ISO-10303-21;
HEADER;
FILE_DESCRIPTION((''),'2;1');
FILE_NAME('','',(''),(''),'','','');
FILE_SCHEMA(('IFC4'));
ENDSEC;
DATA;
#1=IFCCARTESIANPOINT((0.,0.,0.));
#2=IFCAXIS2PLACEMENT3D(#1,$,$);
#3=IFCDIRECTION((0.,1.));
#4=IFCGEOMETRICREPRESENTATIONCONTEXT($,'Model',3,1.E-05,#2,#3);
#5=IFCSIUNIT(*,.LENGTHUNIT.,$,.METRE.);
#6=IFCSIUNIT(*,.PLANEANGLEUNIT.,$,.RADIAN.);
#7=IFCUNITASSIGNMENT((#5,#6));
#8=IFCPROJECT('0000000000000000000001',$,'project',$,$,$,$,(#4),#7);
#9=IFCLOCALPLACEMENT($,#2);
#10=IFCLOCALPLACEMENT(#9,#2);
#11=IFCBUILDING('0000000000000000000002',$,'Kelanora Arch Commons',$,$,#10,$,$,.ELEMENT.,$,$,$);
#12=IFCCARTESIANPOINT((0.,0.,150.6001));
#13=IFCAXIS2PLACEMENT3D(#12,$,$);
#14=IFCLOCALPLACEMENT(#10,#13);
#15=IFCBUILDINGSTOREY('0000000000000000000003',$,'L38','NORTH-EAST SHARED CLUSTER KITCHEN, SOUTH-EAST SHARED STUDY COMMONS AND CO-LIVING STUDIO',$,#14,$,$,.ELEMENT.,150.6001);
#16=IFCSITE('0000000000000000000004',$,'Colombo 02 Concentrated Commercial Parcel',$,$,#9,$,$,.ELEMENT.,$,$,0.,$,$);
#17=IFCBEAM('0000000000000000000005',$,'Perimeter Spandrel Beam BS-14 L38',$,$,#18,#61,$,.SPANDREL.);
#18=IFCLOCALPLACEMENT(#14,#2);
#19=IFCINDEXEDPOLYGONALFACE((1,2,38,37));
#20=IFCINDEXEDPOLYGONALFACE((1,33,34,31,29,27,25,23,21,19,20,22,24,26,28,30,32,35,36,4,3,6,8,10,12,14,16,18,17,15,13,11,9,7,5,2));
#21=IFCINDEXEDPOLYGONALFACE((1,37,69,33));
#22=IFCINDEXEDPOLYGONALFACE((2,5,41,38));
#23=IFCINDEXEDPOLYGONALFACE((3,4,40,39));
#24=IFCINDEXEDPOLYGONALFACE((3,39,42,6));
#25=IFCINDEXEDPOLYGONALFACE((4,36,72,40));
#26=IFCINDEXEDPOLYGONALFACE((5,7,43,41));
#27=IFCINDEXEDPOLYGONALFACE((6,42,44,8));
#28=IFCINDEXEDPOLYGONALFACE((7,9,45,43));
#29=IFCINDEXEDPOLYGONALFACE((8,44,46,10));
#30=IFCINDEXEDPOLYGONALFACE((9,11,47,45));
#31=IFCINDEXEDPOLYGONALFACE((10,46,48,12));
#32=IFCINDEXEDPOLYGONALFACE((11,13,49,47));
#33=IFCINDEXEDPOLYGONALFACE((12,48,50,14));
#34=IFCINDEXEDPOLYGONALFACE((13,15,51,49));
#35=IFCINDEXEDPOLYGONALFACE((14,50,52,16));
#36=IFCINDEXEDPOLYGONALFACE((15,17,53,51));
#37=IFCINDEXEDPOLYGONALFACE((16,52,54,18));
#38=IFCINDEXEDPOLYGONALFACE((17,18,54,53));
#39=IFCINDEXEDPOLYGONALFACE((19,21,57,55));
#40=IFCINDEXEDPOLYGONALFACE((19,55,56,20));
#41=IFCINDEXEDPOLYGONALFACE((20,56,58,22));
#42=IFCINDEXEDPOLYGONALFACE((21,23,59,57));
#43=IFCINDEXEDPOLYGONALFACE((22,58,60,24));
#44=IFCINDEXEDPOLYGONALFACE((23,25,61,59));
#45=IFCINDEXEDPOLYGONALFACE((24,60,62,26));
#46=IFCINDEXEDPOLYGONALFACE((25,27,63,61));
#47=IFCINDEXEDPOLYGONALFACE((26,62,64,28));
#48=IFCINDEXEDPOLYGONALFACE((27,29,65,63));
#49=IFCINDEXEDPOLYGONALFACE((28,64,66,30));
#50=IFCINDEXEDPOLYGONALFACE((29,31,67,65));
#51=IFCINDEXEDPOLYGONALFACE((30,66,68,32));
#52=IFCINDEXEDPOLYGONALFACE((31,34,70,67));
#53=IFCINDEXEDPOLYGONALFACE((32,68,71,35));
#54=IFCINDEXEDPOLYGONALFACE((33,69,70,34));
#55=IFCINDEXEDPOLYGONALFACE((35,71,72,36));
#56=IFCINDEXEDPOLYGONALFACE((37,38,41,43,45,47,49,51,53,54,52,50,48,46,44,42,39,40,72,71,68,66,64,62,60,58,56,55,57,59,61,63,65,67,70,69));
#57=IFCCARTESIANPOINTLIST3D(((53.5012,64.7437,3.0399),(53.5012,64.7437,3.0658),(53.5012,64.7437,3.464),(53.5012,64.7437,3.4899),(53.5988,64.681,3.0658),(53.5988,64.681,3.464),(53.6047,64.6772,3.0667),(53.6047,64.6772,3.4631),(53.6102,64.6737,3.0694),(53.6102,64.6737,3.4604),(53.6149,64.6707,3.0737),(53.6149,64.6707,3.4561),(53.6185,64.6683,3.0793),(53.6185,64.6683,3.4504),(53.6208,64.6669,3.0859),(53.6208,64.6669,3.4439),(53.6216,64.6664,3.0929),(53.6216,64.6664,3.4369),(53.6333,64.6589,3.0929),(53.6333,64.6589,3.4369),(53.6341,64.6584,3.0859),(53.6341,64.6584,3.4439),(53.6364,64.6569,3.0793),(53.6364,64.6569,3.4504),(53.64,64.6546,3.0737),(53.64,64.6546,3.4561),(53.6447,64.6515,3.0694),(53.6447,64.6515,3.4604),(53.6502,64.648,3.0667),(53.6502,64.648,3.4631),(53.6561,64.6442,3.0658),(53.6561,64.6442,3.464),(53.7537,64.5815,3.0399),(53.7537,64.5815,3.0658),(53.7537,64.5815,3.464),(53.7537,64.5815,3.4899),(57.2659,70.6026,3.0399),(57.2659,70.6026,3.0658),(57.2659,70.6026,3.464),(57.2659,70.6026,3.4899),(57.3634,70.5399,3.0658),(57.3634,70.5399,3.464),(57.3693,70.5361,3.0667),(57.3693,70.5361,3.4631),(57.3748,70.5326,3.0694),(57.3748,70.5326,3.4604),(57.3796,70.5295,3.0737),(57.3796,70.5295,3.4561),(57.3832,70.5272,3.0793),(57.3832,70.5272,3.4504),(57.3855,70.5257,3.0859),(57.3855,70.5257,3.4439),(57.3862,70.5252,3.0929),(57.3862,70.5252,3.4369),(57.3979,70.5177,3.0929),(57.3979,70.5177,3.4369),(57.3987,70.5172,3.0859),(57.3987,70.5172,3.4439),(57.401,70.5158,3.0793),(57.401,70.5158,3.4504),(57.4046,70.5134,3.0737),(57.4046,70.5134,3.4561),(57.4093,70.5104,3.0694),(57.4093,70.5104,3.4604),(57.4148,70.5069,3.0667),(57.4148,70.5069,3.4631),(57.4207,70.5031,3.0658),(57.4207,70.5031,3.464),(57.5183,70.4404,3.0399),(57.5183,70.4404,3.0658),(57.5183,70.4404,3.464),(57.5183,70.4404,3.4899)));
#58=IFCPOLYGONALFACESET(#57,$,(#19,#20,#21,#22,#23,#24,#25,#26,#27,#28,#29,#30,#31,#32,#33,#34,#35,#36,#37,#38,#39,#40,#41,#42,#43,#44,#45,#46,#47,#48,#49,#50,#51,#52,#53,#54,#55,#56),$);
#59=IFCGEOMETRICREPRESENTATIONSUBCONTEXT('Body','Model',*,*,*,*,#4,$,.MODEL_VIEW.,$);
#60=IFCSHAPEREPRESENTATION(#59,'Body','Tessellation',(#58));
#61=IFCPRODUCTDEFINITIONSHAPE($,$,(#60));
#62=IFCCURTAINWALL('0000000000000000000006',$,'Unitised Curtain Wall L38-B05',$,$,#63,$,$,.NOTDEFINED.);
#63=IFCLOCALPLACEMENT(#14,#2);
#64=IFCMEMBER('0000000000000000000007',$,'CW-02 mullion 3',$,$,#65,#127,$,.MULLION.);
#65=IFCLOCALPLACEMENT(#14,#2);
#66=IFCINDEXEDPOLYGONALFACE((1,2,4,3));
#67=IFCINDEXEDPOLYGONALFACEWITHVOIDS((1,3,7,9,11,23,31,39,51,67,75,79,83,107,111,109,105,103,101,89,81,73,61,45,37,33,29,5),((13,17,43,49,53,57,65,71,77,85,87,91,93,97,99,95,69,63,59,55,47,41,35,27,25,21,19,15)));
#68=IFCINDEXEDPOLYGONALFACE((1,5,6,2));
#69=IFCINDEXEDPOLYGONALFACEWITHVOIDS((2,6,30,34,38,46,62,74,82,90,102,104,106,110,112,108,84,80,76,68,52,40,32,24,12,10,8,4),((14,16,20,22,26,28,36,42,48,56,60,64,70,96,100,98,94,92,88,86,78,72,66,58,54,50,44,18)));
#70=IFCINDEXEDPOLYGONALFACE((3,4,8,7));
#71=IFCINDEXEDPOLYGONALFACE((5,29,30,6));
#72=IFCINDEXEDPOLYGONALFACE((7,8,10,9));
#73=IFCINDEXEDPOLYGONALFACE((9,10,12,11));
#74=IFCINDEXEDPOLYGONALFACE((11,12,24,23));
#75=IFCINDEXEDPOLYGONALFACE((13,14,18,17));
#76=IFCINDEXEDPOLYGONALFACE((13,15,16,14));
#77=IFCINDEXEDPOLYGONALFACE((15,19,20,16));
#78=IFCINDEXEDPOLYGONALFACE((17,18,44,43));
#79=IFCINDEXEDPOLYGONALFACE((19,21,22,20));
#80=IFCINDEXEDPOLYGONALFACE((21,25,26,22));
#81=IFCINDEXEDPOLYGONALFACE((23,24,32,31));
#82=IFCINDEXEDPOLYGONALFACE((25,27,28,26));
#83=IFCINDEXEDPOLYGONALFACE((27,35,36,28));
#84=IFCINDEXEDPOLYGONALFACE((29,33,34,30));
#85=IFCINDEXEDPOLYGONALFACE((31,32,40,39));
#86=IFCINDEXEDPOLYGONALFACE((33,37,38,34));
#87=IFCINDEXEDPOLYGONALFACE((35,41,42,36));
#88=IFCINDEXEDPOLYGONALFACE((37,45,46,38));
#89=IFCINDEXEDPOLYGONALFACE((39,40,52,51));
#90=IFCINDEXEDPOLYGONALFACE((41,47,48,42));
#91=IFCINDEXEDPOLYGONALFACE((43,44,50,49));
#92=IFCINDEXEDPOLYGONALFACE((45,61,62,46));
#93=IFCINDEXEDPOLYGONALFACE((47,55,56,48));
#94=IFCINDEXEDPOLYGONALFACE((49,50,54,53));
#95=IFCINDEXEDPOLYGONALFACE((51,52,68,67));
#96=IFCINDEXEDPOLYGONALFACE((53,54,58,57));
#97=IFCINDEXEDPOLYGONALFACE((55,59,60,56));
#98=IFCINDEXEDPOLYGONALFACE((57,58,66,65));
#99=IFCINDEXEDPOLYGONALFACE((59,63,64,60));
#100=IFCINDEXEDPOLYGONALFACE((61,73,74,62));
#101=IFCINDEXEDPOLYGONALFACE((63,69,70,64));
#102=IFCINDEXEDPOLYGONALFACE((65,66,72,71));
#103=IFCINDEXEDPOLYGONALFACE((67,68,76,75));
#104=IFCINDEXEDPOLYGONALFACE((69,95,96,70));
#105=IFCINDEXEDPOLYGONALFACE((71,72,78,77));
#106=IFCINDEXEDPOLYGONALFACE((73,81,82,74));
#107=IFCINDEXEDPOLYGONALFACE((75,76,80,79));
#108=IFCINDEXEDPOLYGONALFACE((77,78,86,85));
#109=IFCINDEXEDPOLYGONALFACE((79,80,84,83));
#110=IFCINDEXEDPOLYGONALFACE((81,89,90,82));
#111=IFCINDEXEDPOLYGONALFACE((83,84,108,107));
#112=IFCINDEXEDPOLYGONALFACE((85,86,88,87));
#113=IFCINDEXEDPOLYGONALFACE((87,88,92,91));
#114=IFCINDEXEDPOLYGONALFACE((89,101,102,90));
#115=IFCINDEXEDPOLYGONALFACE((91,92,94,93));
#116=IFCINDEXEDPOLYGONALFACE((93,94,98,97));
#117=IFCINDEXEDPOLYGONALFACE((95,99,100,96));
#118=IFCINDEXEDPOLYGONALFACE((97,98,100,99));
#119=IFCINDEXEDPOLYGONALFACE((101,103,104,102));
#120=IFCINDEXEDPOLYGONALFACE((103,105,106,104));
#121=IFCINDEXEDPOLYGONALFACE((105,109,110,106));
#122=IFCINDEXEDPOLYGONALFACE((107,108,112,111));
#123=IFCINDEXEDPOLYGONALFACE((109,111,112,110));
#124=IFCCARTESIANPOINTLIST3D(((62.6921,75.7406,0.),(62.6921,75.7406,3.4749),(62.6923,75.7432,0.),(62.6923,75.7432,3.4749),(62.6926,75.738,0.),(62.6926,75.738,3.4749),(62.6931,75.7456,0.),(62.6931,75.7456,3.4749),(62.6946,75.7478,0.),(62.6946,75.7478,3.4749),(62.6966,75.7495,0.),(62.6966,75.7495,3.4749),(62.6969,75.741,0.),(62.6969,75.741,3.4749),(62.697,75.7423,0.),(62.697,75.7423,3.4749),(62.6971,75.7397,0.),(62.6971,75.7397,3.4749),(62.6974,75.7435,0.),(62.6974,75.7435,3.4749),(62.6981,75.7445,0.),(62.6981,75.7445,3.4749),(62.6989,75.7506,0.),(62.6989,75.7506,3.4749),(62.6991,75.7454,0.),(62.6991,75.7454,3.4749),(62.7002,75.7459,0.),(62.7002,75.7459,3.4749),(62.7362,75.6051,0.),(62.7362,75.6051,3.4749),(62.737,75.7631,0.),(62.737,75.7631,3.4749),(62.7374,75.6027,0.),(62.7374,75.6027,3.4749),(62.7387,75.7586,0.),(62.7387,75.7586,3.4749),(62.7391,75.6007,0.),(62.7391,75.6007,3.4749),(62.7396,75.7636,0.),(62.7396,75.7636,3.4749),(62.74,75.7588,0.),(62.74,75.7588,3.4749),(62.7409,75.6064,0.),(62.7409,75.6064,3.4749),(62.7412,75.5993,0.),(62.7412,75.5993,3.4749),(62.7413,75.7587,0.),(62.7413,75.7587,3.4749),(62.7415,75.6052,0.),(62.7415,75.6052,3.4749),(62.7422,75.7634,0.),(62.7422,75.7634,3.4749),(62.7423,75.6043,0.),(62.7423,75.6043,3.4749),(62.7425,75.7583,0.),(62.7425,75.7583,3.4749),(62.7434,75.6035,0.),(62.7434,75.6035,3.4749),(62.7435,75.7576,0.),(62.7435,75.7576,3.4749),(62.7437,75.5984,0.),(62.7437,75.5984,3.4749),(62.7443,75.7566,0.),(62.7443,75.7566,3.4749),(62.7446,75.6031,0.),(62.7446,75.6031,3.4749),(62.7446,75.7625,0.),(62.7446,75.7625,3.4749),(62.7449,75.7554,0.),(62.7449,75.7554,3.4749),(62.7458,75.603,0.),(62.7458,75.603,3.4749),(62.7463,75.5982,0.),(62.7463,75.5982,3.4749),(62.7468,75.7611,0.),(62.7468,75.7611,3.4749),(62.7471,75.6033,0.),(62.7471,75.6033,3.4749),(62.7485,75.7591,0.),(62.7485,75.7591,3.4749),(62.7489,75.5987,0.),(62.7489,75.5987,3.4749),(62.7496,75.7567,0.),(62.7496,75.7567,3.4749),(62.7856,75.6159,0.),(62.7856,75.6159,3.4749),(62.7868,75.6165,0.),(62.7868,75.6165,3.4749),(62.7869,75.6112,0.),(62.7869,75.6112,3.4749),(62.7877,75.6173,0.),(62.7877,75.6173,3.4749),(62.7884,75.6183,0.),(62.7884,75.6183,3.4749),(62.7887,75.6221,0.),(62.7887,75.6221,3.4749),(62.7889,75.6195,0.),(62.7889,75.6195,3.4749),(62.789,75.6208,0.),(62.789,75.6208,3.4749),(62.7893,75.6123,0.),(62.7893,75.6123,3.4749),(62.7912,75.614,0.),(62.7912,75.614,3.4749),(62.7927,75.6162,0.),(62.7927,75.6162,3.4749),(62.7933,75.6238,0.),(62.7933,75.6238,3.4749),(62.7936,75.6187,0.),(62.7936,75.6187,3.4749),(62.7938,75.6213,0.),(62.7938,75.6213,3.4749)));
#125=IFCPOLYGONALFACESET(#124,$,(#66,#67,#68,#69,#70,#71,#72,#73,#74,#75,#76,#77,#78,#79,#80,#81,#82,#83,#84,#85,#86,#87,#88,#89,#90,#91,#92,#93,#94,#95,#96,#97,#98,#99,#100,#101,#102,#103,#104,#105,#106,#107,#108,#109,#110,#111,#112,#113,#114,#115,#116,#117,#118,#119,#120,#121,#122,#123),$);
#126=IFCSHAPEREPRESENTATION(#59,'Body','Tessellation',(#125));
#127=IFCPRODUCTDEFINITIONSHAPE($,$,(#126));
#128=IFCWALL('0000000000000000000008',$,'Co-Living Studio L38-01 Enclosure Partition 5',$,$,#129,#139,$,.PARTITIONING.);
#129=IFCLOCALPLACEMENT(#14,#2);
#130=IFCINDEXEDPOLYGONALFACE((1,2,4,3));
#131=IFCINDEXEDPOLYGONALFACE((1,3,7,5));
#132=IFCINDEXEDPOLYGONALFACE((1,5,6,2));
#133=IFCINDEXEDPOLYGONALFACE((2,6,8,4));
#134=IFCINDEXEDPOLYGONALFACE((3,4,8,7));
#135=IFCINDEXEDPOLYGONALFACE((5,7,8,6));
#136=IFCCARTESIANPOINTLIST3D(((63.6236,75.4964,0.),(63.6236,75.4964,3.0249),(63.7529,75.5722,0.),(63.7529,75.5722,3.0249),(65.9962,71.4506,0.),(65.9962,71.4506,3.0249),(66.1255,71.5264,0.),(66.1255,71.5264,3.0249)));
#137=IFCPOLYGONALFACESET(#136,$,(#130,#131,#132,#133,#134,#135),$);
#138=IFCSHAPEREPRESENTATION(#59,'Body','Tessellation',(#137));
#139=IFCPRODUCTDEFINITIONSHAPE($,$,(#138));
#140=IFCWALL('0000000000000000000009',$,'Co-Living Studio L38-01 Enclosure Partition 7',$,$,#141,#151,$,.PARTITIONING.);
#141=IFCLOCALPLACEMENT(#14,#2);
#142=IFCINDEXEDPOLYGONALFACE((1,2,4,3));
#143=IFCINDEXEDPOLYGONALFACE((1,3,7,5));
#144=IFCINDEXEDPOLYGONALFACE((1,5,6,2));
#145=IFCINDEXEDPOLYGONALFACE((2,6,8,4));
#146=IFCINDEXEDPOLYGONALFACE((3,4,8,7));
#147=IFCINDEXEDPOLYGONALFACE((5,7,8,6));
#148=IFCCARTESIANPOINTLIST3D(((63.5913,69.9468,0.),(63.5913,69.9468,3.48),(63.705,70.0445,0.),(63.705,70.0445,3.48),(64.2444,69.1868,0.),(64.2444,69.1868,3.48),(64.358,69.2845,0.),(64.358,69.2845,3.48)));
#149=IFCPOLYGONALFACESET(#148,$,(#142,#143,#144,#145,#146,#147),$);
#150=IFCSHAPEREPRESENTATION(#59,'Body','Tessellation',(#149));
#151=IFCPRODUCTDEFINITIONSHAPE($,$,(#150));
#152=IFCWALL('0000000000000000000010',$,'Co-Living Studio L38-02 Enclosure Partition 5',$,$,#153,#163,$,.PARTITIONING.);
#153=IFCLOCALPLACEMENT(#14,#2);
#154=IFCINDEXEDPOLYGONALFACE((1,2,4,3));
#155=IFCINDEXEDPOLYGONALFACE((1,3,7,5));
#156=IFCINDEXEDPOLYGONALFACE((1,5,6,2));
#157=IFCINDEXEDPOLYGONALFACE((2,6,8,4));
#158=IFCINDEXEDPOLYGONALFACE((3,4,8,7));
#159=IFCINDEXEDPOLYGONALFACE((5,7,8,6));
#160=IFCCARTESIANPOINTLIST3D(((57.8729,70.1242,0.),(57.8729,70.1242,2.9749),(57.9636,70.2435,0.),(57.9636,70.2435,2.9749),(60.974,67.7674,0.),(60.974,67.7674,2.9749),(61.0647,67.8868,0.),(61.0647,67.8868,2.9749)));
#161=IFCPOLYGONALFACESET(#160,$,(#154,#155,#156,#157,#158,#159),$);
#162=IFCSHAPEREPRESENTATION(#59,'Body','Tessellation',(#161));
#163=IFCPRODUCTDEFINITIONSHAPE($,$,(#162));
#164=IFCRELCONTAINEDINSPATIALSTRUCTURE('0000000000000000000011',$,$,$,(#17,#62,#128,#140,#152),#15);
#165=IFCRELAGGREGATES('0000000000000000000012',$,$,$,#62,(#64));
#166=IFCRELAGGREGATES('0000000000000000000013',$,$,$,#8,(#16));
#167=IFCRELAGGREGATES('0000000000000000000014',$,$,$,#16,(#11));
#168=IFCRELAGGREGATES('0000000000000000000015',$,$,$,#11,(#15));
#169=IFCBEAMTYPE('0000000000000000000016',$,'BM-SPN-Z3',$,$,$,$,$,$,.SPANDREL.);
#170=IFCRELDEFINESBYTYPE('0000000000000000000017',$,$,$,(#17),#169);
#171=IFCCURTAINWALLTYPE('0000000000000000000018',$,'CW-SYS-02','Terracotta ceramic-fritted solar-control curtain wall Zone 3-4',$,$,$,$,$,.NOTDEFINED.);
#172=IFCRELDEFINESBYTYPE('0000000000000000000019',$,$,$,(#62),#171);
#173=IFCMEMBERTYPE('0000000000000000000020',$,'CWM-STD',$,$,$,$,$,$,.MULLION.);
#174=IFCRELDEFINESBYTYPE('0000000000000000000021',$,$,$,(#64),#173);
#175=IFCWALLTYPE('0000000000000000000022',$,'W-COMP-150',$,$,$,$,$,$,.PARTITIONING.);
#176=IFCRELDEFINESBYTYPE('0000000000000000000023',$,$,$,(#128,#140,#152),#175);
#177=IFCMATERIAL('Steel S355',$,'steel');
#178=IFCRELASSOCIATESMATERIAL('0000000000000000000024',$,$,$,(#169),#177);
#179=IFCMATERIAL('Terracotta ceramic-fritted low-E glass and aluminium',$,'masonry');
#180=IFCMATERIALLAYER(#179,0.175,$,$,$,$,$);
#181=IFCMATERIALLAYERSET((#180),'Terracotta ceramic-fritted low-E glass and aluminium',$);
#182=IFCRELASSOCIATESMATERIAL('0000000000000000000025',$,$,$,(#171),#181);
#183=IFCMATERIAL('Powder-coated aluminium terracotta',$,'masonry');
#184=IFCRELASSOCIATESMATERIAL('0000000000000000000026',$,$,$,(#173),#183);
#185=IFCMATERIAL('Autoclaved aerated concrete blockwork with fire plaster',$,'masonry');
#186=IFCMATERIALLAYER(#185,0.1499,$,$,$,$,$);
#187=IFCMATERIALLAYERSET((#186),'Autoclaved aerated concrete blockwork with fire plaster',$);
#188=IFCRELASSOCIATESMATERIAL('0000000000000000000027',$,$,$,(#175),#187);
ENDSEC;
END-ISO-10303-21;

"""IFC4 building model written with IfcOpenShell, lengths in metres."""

from ifc_helpers import new_model, si_unit, direction, frame, frame_2d, origin, origin_2d, place, context, subcontext, project, spatial, rectangle, hollow_rectangle, i_section, extrude, material, layer, layer_set, material_profile, profile_set, type_object, element, aggregate, save


model = new_model("IFC4")

# Units and contexts
model_context = context("Model", 3, precision=1e-05, world=origin(), true_north=direction((0.0, 1.0)))
body_context = subcontext(model_context, "Body", "Model", "MODEL_VIEW")
ifc_project = project(units=[si_unit("LENGTHUNIT", "METRE"), si_unit("PLANEANGLEUNIT", "RADIAN")], contexts=[model_context])

# Site, building, storey
site_placement = place(None, origin())
site = spatial("IfcSite", under=ifc_project, at=site_placement, Name="Colombo 02 Concentrated Commercial Parcel", CompositionType="ELEMENT", RefElevation=0.0)
building_placement = place(site_placement, origin())
building = spatial("IfcBuilding", under=site, at=building_placement, Name="Kelanora Arch Commons", CompositionType="ELEMENT")
storey_placement = place(building_placement, frame((0.0, 0.0, 150.6001)))
storey = spatial("IfcBuildingStorey", under=building, at=storey_placement, Name="L38", Description="NORTH-EAST SHARED CLUSTER KITCHEN, SOUTH-EAST SHARED STUDY COMMONS AND CO-LIVING STUDIO", CompositionType="ELEMENT", Elevation=150.6001)

# Beam
ifc_material_1 = material(Name="Steel S355", Category="steel")
ifc_material_profile_1 = material_profile(ifc_material_1, i_section(OverallWidth=0.3, OverallDepth=0.45, WebThickness=0.0139, FlangeThickness=0.0259, FilletRadius=0.0271, at=origin_2d()), Name="HEB450")
ifc_profile_set_1 = profile_set([ifc_material_profile_1], Name="Steel S355")
beam_type_1 = type_object("IfcBeamType", Name="BM-SPN-Z3", PredefinedType="SPANDREL", material=ifc_profile_set_1)
beam_1_placement = place(storey_placement, frame((57.3921, 70.5215, 3.2649), z_axis=(-0.540577, -0.841295, 0.0), x_axis=(0.841295, -0.540577, 0.0)))
element("IfcBeam", 1, at=beam_1_placement, inside=storey, type_object=beam_type_1, Name="Perimeter Spandrel Beam BS-14 L38", PredefinedType="SPANDREL", context=body_context, shape_type="SweptSolid", body=[
    extrude(i_section(OverallWidth=0.3, OverallDepth=0.45, WebThickness=0.0139, FlangeThickness=0.0259, FilletRadius=0.0271, at=origin_2d()), origin(), (0.0, 0.0, 1.0), 6.9641),
])

# Curtain wall, member
ifc_material_2 = material(Name="Terracotta ceramic-fritted low-E glass and aluminium", Category="masonry")
ifc_layer_1 = layer(ifc_material_2, 0.175)
ifc_layer_set_1 = layer_set([ifc_layer_1], Name="Terracotta ceramic-fritted low-E glass and aluminium")
curtain_wall_type = type_object("IfcCurtainWallType", Name="CW-SYS-02", Description="Terracotta ceramic-fritted solar-control curtain wall Zone 3-4", PredefinedType="NOTDEFINED", material=ifc_layer_set_1)
curtain_wall_placement = place(storey_placement, origin())
curtain_wall = element("IfcCurtainWall", 2, at=curtain_wall_placement, inside=storey, type_object=curtain_wall_type, Name="Unitised Curtain Wall L38-B05", PredefinedType="NOTDEFINED")
ifc_material_3 = material(Name="Powder-coated aluminium terracotta", Category="masonry")
ifc_material_profile_2 = material_profile(ifc_material_3, hollow_rectangle(XDim=0.1599, YDim=0.0601, WallThickness=0.0049, InnerFilletRadius=0.0049, OuterFilletRadius=0.01, at=origin_2d()), Name="CWM160x60")
ifc_profile_set_2 = profile_set([ifc_material_profile_2], Name="Powder-coated aluminium terracotta")
member_type = type_object("IfcMemberType", Name="CWM-STD", PredefinedType="MULLION", material=ifc_profile_set_2)
member_placement = place(storey_placement, frame((62.7429, 75.6809, 0.0), z_axis=(0.0, 0.0, 1.0), x_axis=(0.312128, -0.95004, 0.0)))
member = element("IfcMember", 3, at=member_placement, type_object=member_type, Name="CW-02 mullion 3", PredefinedType="MULLION", context=body_context, shape_type="SweptSolid", body=[
    extrude(hollow_rectangle(XDim=0.1599, YDim=0.0601, WallThickness=0.0049, InnerFilletRadius=0.0049, OuterFilletRadius=0.01, at=origin_2d()), origin(), (0.0, 0.0, 1.0), 3.4749),
])
aggregate(curtain_wall, [member])

# Walls
ifc_material_4 = material(Name="Autoclaved aerated concrete blockwork with fire plaster", Category="masonry")
ifc_layer_2 = layer(ifc_material_4, 0.1499)
ifc_layer_set_2 = layer_set([ifc_layer_2], Name="Autoclaved aerated concrete blockwork with fire plaster")
wall_type_1 = type_object("IfcWallType", Name="W-COMP-150", PredefinedType="PARTITIONING", material=ifc_layer_set_2)
wall_1_placement = place(storey_placement, frame((63.6882, 75.5344, 0.0), z_axis=(0.0, 0.0, 1.0), x_axis=(0.50585, -0.862621, 0.0)))
element("IfcWall", 4, at=wall_1_placement, inside=storey, type_object=wall_type_1, Name="Co-Living Studio L38-01 Enclosure Partition 5", PredefinedType="PARTITIONING", context=body_context, shape_type="SweptSolid", body=[
    extrude(rectangle(XDim=4.6902, YDim=0.1499, at=frame_2d((2.3452, 0.0))), origin(), (0.0, 0.0, 1.0), 3.0249),
])
wall_2_placement = place(storey_placement, frame((63.6482, 69.9956, 0.0), z_axis=(0.0, 0.0, 1.0), x_axis=(0.651734, -0.758448, 0.0)))
element("IfcWall", 5, at=wall_2_placement, inside=storey, type_object=wall_type_1, Name="Co-Living Studio L38-01 Enclosure Partition 7", PredefinedType="PARTITIONING", context=body_context, shape_type="SweptSolid", body=[
    extrude(rectangle(XDim=1.002, YDim=0.1499, at=frame_2d((0.501, 0.0))), origin(), (0.0, 0.0, 1.0), 3.48),
])
wall_3_placement = place(storey_placement, frame((57.9182, 70.1838, 0.0), z_axis=(0.0, 0.0, 1.0), x_axis=(0.796178, -0.605063, 0.0)))
element("IfcWall", 6, at=wall_3_placement, inside=storey, type_object=wall_type_1, Name="Co-Living Studio L38-02 Enclosure Partition 5", PredefinedType="PARTITIONING", context=body_context, shape_type="SweptSolid", body=[
    extrude(rectangle(XDim=3.895, YDim=0.1499, at=frame_2d((1.9475, 0.0))), origin(), (0.0, 0.0, 1.0), 2.9749),
])

save(model, "model.ifc")
